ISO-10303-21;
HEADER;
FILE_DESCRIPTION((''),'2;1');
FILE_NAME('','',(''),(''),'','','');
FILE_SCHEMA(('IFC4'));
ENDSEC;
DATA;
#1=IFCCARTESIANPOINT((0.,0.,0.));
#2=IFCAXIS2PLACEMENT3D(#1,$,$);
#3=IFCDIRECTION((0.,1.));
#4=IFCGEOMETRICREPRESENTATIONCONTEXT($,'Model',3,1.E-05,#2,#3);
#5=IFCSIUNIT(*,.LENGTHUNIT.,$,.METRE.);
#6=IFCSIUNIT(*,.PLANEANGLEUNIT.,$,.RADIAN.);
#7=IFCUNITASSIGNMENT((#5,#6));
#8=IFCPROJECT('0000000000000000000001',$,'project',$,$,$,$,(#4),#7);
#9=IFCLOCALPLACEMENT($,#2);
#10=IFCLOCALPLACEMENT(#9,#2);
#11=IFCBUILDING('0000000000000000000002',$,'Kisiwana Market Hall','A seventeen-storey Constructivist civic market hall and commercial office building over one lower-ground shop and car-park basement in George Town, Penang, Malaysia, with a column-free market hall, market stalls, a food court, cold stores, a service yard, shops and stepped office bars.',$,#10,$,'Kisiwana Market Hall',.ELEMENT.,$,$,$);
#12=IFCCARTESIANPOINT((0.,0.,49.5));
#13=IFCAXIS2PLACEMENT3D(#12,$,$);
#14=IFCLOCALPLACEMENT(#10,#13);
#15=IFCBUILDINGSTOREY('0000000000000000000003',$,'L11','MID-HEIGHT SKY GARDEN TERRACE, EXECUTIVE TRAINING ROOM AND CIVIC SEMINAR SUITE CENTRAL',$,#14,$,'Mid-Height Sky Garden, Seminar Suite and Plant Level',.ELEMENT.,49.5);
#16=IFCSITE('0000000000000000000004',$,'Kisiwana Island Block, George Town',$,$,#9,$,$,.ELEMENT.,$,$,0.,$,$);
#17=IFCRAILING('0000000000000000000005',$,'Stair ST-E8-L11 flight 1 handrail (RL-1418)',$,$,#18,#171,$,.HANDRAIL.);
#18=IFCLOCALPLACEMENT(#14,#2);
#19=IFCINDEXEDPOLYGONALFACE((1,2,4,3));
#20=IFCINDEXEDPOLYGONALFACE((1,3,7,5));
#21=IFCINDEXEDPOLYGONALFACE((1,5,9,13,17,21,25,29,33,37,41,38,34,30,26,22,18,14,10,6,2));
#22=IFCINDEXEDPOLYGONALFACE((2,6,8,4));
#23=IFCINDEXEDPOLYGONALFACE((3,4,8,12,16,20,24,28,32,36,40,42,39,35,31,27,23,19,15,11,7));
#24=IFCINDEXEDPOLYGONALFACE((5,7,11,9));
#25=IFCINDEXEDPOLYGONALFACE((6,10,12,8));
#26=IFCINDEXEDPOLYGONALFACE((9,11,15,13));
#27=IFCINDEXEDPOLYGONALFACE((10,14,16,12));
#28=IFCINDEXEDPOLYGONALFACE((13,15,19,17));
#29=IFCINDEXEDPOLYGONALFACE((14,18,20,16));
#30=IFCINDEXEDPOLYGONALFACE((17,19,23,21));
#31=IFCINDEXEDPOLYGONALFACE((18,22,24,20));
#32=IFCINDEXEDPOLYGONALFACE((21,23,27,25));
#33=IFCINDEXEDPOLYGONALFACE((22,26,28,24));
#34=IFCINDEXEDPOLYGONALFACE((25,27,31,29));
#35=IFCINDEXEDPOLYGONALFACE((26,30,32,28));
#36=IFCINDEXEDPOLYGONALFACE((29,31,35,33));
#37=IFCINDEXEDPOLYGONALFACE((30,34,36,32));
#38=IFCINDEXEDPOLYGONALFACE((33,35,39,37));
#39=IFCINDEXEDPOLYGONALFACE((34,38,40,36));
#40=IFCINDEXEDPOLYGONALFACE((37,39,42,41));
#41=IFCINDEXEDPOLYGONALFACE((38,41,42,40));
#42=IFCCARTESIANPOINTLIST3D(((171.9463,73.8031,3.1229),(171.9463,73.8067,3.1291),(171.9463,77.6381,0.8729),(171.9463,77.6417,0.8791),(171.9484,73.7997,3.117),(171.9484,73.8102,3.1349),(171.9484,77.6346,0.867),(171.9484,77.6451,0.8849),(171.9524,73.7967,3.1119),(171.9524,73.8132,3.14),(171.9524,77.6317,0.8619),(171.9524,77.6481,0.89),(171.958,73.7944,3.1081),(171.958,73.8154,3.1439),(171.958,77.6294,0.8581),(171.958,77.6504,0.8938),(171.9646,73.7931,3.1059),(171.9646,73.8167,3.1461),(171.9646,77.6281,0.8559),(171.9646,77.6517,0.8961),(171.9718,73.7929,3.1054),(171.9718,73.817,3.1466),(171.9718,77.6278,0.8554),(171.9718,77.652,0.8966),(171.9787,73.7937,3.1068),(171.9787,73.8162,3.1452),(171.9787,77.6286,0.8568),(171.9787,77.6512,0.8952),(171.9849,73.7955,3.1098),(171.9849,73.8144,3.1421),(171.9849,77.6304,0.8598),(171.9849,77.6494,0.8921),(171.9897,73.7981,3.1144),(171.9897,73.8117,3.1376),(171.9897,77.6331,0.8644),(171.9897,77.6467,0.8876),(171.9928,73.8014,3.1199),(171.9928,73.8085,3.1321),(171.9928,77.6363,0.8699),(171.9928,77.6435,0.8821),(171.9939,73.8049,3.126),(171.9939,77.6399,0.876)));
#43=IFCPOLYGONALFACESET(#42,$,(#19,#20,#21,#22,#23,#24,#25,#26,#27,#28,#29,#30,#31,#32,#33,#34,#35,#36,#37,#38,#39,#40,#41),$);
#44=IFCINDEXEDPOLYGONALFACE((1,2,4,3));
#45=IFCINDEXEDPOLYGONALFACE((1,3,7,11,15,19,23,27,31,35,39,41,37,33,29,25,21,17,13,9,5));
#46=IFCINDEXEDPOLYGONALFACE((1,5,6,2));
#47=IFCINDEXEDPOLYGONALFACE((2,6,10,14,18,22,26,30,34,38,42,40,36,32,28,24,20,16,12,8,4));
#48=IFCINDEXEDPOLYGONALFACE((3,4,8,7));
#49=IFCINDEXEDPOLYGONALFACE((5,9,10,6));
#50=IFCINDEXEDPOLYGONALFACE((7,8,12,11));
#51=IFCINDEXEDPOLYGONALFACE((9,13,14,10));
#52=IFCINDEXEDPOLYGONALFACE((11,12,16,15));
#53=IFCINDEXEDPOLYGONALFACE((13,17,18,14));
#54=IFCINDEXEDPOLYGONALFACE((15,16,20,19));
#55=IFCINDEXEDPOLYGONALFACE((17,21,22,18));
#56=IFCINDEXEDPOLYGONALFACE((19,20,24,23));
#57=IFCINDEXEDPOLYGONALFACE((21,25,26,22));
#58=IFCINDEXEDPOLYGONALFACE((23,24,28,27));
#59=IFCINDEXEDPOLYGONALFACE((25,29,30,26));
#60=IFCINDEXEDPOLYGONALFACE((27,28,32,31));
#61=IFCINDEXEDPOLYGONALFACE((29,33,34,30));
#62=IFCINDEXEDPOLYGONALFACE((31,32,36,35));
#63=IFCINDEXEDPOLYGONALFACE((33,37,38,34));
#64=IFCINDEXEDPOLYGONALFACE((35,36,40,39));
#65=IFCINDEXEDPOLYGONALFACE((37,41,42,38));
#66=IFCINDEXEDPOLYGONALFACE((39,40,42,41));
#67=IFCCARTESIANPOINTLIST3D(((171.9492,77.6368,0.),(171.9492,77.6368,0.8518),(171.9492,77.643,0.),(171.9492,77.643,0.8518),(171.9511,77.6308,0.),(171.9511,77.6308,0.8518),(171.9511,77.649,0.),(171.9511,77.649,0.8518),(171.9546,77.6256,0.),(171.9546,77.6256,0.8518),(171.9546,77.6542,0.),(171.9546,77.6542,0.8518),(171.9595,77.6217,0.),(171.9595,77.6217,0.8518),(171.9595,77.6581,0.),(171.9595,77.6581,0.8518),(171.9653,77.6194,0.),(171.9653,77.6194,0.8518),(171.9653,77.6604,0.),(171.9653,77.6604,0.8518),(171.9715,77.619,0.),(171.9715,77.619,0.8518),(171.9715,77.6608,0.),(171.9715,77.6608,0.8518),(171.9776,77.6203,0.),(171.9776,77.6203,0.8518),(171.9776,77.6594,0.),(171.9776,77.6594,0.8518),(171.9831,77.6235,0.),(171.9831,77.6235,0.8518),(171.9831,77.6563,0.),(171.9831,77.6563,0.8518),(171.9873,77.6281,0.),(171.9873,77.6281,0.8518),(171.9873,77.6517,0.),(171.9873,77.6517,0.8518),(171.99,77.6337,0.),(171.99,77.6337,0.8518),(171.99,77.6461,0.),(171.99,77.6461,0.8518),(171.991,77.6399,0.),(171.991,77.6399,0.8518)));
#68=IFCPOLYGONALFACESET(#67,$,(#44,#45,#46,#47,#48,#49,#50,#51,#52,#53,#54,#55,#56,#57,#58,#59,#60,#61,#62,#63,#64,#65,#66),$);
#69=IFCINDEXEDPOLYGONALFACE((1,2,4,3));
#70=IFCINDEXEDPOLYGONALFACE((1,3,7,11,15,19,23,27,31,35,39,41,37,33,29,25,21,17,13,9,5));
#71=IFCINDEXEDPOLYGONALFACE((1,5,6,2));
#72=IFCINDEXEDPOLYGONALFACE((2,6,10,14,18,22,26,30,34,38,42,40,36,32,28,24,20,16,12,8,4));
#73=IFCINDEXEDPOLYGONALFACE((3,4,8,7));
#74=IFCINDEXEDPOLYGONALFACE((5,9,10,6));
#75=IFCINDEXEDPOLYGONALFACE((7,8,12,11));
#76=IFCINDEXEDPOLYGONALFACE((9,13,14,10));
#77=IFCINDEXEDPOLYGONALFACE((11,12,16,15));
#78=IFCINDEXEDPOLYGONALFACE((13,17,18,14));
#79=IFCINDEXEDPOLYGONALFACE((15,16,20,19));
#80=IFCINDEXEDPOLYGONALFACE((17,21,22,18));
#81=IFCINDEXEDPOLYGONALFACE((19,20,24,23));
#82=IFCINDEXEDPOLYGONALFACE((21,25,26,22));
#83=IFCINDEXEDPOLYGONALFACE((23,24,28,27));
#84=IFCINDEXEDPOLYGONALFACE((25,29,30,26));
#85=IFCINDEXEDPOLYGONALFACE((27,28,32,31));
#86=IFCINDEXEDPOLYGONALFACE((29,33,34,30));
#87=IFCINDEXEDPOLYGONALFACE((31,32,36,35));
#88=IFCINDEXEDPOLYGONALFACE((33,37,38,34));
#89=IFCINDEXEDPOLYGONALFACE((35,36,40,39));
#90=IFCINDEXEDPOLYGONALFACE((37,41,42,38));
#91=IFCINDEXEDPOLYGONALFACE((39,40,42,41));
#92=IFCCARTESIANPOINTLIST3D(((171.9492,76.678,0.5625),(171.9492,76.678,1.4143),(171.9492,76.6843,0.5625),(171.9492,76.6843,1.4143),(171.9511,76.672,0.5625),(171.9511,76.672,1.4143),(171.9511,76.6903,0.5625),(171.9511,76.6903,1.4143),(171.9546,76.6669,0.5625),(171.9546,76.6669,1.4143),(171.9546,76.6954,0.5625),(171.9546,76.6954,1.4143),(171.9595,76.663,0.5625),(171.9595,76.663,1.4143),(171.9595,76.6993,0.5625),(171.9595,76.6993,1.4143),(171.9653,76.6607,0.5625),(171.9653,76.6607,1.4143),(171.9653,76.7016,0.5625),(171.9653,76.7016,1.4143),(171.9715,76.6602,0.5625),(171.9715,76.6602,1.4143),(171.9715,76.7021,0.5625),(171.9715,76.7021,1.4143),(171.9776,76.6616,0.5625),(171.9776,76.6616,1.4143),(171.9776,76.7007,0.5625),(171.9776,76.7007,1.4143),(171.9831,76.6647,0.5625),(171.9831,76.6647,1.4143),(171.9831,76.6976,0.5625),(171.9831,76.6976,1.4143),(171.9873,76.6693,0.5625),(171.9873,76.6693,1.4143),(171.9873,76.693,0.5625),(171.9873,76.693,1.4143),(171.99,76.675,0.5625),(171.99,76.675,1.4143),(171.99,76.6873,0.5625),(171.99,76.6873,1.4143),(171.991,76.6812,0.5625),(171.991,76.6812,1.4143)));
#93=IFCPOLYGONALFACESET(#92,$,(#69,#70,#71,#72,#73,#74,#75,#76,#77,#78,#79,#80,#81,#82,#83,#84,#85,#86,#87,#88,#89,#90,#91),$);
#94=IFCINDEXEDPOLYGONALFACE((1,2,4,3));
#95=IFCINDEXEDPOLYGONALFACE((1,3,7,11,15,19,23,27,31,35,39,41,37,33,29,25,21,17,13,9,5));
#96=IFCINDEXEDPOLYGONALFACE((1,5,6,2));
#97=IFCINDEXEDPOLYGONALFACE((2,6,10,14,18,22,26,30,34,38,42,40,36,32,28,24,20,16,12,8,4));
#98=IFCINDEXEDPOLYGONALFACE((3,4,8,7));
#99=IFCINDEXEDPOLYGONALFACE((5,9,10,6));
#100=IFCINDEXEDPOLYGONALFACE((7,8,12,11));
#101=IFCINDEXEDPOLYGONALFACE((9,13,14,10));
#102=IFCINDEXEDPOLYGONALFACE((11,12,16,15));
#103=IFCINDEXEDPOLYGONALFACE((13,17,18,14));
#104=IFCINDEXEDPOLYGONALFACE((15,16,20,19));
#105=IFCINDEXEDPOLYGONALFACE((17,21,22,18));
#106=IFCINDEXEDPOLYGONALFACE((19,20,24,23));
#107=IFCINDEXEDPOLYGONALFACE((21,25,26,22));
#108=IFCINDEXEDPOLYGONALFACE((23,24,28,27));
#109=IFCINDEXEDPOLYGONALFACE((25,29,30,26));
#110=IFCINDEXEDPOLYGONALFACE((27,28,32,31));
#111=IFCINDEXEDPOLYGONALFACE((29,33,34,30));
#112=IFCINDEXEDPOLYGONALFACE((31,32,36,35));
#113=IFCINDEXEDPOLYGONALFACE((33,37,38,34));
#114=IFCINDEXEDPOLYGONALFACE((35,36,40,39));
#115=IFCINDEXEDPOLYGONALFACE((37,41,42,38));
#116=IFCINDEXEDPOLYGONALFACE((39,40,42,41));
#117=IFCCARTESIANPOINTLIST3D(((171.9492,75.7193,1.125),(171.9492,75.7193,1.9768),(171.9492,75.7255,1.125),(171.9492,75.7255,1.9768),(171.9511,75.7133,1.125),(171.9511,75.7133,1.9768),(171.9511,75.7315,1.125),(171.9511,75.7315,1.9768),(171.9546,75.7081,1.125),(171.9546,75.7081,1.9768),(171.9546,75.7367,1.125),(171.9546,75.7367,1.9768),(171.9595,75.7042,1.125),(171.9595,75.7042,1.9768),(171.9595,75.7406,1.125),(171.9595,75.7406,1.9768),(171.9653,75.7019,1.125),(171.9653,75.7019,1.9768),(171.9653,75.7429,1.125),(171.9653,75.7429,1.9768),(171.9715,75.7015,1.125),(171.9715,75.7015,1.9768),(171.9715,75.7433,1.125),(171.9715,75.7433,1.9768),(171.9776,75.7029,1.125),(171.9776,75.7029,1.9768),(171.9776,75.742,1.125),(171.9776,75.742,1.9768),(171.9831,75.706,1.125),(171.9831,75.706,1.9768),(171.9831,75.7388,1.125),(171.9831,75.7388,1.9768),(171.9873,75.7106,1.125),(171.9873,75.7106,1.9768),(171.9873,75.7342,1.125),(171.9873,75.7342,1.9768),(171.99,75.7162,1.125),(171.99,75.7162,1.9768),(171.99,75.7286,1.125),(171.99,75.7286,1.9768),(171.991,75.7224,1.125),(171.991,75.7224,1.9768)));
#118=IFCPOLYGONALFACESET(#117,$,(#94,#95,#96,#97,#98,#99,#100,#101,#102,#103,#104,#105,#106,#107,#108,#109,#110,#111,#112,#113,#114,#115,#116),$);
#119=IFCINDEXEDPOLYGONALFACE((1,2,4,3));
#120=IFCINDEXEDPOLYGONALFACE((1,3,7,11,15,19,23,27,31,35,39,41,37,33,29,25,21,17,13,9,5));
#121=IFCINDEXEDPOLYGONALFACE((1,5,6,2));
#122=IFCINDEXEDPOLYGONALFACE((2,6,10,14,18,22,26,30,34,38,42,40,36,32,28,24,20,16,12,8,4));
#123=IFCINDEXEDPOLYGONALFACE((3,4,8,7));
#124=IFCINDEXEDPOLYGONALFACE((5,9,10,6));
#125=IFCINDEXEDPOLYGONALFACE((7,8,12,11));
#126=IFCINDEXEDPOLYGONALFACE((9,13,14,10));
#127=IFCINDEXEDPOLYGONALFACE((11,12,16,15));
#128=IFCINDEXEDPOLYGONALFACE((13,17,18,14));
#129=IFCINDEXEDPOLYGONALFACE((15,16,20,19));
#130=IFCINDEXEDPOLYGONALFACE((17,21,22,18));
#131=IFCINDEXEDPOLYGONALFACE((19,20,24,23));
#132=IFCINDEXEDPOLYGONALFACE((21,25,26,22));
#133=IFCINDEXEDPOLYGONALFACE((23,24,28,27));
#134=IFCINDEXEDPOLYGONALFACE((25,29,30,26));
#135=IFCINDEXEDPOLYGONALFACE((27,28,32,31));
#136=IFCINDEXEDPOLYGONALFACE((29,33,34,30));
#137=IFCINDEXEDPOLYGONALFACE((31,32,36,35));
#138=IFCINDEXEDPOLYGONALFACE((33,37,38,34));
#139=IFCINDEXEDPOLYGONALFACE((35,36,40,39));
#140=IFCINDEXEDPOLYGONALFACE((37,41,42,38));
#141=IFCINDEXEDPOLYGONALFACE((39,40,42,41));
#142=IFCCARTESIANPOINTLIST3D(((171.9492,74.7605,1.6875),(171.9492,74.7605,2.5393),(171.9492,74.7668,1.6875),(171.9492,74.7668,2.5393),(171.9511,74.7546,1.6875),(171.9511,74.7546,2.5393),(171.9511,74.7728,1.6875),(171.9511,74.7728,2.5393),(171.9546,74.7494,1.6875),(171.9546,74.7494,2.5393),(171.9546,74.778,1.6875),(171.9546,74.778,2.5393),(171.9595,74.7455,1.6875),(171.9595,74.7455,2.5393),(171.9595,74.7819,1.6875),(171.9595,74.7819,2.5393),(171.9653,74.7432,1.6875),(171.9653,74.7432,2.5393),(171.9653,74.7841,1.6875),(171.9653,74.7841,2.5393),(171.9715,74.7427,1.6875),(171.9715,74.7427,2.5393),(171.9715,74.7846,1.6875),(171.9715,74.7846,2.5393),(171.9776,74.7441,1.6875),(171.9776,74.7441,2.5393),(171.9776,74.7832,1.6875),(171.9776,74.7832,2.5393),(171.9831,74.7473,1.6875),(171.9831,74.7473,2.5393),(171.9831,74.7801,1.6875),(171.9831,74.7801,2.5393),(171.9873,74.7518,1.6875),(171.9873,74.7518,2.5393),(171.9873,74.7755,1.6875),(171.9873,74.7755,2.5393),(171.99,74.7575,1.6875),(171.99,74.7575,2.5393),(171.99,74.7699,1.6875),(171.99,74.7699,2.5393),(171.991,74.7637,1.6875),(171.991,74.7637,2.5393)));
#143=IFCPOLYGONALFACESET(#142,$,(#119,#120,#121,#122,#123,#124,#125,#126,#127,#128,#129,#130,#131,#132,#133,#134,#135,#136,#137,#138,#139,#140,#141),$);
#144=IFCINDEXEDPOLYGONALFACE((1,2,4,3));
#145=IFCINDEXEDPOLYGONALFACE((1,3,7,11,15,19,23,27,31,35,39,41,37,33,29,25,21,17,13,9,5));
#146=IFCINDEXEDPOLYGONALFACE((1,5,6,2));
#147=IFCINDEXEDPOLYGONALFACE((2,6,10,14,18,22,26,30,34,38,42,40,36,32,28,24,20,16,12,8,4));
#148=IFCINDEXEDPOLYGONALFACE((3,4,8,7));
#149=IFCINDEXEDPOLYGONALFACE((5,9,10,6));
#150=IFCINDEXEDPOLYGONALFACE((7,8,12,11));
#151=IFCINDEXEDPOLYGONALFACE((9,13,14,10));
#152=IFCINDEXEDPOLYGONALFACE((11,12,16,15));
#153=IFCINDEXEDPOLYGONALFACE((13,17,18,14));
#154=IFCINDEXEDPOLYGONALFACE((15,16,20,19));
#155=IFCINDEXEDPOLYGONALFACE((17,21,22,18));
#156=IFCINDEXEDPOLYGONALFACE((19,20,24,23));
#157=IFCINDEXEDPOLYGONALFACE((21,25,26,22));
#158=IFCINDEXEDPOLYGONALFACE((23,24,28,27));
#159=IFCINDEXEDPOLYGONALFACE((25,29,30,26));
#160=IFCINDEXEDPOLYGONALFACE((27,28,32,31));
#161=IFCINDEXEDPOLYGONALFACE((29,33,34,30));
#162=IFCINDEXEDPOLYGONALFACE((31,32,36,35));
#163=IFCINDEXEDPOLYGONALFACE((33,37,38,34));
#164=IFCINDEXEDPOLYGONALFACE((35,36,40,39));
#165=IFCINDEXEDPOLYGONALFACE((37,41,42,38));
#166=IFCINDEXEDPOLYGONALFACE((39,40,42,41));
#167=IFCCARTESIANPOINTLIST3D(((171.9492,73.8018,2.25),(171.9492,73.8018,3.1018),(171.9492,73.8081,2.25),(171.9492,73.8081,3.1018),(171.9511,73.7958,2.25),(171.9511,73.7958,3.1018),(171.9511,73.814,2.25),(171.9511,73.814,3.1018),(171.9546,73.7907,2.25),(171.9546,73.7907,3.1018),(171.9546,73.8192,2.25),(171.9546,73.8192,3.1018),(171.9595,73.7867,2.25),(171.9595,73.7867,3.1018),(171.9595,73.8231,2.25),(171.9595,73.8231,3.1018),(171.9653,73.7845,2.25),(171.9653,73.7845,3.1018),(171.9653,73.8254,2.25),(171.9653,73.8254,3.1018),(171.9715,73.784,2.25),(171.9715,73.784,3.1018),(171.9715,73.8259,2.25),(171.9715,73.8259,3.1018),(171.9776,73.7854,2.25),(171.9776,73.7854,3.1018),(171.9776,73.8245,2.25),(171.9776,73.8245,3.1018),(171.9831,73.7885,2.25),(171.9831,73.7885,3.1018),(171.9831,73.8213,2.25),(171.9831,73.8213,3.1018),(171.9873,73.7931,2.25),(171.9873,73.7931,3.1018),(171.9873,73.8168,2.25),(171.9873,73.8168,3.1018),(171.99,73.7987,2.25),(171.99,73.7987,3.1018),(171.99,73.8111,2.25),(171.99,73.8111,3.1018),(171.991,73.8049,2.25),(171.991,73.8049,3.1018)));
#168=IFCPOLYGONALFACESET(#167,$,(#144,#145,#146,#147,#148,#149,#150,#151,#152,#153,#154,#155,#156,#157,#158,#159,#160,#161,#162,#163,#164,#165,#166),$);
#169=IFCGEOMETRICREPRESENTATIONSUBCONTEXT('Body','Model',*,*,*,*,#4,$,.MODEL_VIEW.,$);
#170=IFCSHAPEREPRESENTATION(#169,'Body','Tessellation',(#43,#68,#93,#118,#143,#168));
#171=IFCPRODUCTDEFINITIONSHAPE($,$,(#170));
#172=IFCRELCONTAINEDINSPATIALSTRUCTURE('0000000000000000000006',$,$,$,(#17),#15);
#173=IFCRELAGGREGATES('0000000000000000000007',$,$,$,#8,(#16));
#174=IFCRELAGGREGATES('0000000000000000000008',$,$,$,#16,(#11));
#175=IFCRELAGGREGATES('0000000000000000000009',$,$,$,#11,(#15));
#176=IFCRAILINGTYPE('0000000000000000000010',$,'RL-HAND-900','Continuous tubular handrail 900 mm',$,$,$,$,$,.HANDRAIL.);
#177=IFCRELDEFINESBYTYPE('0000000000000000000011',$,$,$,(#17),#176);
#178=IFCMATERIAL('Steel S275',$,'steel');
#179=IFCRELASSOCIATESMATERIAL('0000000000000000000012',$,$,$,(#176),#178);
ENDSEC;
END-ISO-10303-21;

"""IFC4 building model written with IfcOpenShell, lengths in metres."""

from ifc_helpers import new_model, si_unit, direction, frame, origin, origin_2d, place, context, subcontext, project, spatial, circle, extrude, material, type_object, element, save


model = new_model("IFC4")

# Units and contexts
model_context = context("Model", 3, precision=1e-05, world=origin(), true_north=direction((0.0, 1.0)))
body_context = subcontext(model_context, "Body", "Model", "MODEL_VIEW")
ifc_project = project(units=[si_unit("LENGTHUNIT", "METRE"), si_unit("PLANEANGLEUNIT", "RADIAN")], contexts=[model_context])

# Site, building, storey
site_placement = place(None, origin())
site = spatial("IfcSite", under=ifc_project, at=site_placement, Name="Kisiwana Island Block, George Town", CompositionType="ELEMENT", RefElevation=0.0)
building_placement = place(site_placement, origin())
building = spatial("IfcBuilding", under=site, at=building_placement, Name="Kisiwana Market Hall", Description="A seventeen-storey Constructivist civic market hall and commercial office building over one lower-ground shop and car-park basement in George Town, Penang, Malaysia, with a column-free market hall, market stalls, a food court, cold stores, a service yard, shops and stepped office bars.", LongName="Kisiwana Market Hall", CompositionType="ELEMENT")
storey_placement = place(building_placement, frame((0.0, 0.0, 49.5)))
storey = spatial("IfcBuildingStorey", under=building, at=storey_placement, Name="L11", Description="MID-HEIGHT SKY GARDEN TERRACE, EXECUTIVE TRAINING ROOM AND CIVIC SEMINAR SUITE CENTRAL", LongName="Mid-Height Sky Garden, Seminar Suite and Plant Level", CompositionType="ELEMENT", Elevation=49.5)

# Railing
ifc_material_1 = material(Name="Steel S275", Category="steel")
railing_type_1 = type_object("IfcRailingType", Name="RL-HAND-900", Description="Continuous tubular handrail 900 mm", PredefinedType="HANDRAIL", material=ifc_material_1)
for number, where, name in (
    (1, (171.97, 77.6399, 0.0), "Stair ST-E8-L11 flight 1 handrail (RL-1418)"),
):
    element("IfcRailing", number, at=place(storey_placement, frame(where)), inside=storey, type_object=railing_type_1, Name=name, PredefinedType="HANDRAIL", context=body_context, shape_type="SweptSolid", body=[
        extrude(circle(Radius=0.0239, at=origin_2d()), frame((0.0, 0.0, 0.876), z_axis=(0.0, -0.86251, 0.506041), x_axis=(1.0, 0.0, 0.0)), (0.0, 0.0, 1.0), 4.4463),
        extrude(circle(Radius=0.021, at=origin_2d()), origin(), (0.0, 0.0, 1.0), 0.8518),
        extrude(circle(Radius=0.021, at=origin_2d()), frame((0.0, -0.9587, 0.5625)), (0.0, 0.0, 1.0), 0.8518),
        extrude(circle(Radius=0.021, at=origin_2d()), frame((0.0, -1.9175, 1.125)), (0.0, 0.0, 1.0), 0.8518),
        extrude(circle(Radius=0.021, at=origin_2d()), frame((0.0, -2.8762, 1.6875)), (0.0, 0.0, 1.0), 0.8518),
        extrude(circle(Radius=0.021, at=origin_2d()), frame((0.0, -3.835, 2.25)), (0.0, 0.0, 1.0), 0.8518),
    ])

save(model, "model.ifc")
